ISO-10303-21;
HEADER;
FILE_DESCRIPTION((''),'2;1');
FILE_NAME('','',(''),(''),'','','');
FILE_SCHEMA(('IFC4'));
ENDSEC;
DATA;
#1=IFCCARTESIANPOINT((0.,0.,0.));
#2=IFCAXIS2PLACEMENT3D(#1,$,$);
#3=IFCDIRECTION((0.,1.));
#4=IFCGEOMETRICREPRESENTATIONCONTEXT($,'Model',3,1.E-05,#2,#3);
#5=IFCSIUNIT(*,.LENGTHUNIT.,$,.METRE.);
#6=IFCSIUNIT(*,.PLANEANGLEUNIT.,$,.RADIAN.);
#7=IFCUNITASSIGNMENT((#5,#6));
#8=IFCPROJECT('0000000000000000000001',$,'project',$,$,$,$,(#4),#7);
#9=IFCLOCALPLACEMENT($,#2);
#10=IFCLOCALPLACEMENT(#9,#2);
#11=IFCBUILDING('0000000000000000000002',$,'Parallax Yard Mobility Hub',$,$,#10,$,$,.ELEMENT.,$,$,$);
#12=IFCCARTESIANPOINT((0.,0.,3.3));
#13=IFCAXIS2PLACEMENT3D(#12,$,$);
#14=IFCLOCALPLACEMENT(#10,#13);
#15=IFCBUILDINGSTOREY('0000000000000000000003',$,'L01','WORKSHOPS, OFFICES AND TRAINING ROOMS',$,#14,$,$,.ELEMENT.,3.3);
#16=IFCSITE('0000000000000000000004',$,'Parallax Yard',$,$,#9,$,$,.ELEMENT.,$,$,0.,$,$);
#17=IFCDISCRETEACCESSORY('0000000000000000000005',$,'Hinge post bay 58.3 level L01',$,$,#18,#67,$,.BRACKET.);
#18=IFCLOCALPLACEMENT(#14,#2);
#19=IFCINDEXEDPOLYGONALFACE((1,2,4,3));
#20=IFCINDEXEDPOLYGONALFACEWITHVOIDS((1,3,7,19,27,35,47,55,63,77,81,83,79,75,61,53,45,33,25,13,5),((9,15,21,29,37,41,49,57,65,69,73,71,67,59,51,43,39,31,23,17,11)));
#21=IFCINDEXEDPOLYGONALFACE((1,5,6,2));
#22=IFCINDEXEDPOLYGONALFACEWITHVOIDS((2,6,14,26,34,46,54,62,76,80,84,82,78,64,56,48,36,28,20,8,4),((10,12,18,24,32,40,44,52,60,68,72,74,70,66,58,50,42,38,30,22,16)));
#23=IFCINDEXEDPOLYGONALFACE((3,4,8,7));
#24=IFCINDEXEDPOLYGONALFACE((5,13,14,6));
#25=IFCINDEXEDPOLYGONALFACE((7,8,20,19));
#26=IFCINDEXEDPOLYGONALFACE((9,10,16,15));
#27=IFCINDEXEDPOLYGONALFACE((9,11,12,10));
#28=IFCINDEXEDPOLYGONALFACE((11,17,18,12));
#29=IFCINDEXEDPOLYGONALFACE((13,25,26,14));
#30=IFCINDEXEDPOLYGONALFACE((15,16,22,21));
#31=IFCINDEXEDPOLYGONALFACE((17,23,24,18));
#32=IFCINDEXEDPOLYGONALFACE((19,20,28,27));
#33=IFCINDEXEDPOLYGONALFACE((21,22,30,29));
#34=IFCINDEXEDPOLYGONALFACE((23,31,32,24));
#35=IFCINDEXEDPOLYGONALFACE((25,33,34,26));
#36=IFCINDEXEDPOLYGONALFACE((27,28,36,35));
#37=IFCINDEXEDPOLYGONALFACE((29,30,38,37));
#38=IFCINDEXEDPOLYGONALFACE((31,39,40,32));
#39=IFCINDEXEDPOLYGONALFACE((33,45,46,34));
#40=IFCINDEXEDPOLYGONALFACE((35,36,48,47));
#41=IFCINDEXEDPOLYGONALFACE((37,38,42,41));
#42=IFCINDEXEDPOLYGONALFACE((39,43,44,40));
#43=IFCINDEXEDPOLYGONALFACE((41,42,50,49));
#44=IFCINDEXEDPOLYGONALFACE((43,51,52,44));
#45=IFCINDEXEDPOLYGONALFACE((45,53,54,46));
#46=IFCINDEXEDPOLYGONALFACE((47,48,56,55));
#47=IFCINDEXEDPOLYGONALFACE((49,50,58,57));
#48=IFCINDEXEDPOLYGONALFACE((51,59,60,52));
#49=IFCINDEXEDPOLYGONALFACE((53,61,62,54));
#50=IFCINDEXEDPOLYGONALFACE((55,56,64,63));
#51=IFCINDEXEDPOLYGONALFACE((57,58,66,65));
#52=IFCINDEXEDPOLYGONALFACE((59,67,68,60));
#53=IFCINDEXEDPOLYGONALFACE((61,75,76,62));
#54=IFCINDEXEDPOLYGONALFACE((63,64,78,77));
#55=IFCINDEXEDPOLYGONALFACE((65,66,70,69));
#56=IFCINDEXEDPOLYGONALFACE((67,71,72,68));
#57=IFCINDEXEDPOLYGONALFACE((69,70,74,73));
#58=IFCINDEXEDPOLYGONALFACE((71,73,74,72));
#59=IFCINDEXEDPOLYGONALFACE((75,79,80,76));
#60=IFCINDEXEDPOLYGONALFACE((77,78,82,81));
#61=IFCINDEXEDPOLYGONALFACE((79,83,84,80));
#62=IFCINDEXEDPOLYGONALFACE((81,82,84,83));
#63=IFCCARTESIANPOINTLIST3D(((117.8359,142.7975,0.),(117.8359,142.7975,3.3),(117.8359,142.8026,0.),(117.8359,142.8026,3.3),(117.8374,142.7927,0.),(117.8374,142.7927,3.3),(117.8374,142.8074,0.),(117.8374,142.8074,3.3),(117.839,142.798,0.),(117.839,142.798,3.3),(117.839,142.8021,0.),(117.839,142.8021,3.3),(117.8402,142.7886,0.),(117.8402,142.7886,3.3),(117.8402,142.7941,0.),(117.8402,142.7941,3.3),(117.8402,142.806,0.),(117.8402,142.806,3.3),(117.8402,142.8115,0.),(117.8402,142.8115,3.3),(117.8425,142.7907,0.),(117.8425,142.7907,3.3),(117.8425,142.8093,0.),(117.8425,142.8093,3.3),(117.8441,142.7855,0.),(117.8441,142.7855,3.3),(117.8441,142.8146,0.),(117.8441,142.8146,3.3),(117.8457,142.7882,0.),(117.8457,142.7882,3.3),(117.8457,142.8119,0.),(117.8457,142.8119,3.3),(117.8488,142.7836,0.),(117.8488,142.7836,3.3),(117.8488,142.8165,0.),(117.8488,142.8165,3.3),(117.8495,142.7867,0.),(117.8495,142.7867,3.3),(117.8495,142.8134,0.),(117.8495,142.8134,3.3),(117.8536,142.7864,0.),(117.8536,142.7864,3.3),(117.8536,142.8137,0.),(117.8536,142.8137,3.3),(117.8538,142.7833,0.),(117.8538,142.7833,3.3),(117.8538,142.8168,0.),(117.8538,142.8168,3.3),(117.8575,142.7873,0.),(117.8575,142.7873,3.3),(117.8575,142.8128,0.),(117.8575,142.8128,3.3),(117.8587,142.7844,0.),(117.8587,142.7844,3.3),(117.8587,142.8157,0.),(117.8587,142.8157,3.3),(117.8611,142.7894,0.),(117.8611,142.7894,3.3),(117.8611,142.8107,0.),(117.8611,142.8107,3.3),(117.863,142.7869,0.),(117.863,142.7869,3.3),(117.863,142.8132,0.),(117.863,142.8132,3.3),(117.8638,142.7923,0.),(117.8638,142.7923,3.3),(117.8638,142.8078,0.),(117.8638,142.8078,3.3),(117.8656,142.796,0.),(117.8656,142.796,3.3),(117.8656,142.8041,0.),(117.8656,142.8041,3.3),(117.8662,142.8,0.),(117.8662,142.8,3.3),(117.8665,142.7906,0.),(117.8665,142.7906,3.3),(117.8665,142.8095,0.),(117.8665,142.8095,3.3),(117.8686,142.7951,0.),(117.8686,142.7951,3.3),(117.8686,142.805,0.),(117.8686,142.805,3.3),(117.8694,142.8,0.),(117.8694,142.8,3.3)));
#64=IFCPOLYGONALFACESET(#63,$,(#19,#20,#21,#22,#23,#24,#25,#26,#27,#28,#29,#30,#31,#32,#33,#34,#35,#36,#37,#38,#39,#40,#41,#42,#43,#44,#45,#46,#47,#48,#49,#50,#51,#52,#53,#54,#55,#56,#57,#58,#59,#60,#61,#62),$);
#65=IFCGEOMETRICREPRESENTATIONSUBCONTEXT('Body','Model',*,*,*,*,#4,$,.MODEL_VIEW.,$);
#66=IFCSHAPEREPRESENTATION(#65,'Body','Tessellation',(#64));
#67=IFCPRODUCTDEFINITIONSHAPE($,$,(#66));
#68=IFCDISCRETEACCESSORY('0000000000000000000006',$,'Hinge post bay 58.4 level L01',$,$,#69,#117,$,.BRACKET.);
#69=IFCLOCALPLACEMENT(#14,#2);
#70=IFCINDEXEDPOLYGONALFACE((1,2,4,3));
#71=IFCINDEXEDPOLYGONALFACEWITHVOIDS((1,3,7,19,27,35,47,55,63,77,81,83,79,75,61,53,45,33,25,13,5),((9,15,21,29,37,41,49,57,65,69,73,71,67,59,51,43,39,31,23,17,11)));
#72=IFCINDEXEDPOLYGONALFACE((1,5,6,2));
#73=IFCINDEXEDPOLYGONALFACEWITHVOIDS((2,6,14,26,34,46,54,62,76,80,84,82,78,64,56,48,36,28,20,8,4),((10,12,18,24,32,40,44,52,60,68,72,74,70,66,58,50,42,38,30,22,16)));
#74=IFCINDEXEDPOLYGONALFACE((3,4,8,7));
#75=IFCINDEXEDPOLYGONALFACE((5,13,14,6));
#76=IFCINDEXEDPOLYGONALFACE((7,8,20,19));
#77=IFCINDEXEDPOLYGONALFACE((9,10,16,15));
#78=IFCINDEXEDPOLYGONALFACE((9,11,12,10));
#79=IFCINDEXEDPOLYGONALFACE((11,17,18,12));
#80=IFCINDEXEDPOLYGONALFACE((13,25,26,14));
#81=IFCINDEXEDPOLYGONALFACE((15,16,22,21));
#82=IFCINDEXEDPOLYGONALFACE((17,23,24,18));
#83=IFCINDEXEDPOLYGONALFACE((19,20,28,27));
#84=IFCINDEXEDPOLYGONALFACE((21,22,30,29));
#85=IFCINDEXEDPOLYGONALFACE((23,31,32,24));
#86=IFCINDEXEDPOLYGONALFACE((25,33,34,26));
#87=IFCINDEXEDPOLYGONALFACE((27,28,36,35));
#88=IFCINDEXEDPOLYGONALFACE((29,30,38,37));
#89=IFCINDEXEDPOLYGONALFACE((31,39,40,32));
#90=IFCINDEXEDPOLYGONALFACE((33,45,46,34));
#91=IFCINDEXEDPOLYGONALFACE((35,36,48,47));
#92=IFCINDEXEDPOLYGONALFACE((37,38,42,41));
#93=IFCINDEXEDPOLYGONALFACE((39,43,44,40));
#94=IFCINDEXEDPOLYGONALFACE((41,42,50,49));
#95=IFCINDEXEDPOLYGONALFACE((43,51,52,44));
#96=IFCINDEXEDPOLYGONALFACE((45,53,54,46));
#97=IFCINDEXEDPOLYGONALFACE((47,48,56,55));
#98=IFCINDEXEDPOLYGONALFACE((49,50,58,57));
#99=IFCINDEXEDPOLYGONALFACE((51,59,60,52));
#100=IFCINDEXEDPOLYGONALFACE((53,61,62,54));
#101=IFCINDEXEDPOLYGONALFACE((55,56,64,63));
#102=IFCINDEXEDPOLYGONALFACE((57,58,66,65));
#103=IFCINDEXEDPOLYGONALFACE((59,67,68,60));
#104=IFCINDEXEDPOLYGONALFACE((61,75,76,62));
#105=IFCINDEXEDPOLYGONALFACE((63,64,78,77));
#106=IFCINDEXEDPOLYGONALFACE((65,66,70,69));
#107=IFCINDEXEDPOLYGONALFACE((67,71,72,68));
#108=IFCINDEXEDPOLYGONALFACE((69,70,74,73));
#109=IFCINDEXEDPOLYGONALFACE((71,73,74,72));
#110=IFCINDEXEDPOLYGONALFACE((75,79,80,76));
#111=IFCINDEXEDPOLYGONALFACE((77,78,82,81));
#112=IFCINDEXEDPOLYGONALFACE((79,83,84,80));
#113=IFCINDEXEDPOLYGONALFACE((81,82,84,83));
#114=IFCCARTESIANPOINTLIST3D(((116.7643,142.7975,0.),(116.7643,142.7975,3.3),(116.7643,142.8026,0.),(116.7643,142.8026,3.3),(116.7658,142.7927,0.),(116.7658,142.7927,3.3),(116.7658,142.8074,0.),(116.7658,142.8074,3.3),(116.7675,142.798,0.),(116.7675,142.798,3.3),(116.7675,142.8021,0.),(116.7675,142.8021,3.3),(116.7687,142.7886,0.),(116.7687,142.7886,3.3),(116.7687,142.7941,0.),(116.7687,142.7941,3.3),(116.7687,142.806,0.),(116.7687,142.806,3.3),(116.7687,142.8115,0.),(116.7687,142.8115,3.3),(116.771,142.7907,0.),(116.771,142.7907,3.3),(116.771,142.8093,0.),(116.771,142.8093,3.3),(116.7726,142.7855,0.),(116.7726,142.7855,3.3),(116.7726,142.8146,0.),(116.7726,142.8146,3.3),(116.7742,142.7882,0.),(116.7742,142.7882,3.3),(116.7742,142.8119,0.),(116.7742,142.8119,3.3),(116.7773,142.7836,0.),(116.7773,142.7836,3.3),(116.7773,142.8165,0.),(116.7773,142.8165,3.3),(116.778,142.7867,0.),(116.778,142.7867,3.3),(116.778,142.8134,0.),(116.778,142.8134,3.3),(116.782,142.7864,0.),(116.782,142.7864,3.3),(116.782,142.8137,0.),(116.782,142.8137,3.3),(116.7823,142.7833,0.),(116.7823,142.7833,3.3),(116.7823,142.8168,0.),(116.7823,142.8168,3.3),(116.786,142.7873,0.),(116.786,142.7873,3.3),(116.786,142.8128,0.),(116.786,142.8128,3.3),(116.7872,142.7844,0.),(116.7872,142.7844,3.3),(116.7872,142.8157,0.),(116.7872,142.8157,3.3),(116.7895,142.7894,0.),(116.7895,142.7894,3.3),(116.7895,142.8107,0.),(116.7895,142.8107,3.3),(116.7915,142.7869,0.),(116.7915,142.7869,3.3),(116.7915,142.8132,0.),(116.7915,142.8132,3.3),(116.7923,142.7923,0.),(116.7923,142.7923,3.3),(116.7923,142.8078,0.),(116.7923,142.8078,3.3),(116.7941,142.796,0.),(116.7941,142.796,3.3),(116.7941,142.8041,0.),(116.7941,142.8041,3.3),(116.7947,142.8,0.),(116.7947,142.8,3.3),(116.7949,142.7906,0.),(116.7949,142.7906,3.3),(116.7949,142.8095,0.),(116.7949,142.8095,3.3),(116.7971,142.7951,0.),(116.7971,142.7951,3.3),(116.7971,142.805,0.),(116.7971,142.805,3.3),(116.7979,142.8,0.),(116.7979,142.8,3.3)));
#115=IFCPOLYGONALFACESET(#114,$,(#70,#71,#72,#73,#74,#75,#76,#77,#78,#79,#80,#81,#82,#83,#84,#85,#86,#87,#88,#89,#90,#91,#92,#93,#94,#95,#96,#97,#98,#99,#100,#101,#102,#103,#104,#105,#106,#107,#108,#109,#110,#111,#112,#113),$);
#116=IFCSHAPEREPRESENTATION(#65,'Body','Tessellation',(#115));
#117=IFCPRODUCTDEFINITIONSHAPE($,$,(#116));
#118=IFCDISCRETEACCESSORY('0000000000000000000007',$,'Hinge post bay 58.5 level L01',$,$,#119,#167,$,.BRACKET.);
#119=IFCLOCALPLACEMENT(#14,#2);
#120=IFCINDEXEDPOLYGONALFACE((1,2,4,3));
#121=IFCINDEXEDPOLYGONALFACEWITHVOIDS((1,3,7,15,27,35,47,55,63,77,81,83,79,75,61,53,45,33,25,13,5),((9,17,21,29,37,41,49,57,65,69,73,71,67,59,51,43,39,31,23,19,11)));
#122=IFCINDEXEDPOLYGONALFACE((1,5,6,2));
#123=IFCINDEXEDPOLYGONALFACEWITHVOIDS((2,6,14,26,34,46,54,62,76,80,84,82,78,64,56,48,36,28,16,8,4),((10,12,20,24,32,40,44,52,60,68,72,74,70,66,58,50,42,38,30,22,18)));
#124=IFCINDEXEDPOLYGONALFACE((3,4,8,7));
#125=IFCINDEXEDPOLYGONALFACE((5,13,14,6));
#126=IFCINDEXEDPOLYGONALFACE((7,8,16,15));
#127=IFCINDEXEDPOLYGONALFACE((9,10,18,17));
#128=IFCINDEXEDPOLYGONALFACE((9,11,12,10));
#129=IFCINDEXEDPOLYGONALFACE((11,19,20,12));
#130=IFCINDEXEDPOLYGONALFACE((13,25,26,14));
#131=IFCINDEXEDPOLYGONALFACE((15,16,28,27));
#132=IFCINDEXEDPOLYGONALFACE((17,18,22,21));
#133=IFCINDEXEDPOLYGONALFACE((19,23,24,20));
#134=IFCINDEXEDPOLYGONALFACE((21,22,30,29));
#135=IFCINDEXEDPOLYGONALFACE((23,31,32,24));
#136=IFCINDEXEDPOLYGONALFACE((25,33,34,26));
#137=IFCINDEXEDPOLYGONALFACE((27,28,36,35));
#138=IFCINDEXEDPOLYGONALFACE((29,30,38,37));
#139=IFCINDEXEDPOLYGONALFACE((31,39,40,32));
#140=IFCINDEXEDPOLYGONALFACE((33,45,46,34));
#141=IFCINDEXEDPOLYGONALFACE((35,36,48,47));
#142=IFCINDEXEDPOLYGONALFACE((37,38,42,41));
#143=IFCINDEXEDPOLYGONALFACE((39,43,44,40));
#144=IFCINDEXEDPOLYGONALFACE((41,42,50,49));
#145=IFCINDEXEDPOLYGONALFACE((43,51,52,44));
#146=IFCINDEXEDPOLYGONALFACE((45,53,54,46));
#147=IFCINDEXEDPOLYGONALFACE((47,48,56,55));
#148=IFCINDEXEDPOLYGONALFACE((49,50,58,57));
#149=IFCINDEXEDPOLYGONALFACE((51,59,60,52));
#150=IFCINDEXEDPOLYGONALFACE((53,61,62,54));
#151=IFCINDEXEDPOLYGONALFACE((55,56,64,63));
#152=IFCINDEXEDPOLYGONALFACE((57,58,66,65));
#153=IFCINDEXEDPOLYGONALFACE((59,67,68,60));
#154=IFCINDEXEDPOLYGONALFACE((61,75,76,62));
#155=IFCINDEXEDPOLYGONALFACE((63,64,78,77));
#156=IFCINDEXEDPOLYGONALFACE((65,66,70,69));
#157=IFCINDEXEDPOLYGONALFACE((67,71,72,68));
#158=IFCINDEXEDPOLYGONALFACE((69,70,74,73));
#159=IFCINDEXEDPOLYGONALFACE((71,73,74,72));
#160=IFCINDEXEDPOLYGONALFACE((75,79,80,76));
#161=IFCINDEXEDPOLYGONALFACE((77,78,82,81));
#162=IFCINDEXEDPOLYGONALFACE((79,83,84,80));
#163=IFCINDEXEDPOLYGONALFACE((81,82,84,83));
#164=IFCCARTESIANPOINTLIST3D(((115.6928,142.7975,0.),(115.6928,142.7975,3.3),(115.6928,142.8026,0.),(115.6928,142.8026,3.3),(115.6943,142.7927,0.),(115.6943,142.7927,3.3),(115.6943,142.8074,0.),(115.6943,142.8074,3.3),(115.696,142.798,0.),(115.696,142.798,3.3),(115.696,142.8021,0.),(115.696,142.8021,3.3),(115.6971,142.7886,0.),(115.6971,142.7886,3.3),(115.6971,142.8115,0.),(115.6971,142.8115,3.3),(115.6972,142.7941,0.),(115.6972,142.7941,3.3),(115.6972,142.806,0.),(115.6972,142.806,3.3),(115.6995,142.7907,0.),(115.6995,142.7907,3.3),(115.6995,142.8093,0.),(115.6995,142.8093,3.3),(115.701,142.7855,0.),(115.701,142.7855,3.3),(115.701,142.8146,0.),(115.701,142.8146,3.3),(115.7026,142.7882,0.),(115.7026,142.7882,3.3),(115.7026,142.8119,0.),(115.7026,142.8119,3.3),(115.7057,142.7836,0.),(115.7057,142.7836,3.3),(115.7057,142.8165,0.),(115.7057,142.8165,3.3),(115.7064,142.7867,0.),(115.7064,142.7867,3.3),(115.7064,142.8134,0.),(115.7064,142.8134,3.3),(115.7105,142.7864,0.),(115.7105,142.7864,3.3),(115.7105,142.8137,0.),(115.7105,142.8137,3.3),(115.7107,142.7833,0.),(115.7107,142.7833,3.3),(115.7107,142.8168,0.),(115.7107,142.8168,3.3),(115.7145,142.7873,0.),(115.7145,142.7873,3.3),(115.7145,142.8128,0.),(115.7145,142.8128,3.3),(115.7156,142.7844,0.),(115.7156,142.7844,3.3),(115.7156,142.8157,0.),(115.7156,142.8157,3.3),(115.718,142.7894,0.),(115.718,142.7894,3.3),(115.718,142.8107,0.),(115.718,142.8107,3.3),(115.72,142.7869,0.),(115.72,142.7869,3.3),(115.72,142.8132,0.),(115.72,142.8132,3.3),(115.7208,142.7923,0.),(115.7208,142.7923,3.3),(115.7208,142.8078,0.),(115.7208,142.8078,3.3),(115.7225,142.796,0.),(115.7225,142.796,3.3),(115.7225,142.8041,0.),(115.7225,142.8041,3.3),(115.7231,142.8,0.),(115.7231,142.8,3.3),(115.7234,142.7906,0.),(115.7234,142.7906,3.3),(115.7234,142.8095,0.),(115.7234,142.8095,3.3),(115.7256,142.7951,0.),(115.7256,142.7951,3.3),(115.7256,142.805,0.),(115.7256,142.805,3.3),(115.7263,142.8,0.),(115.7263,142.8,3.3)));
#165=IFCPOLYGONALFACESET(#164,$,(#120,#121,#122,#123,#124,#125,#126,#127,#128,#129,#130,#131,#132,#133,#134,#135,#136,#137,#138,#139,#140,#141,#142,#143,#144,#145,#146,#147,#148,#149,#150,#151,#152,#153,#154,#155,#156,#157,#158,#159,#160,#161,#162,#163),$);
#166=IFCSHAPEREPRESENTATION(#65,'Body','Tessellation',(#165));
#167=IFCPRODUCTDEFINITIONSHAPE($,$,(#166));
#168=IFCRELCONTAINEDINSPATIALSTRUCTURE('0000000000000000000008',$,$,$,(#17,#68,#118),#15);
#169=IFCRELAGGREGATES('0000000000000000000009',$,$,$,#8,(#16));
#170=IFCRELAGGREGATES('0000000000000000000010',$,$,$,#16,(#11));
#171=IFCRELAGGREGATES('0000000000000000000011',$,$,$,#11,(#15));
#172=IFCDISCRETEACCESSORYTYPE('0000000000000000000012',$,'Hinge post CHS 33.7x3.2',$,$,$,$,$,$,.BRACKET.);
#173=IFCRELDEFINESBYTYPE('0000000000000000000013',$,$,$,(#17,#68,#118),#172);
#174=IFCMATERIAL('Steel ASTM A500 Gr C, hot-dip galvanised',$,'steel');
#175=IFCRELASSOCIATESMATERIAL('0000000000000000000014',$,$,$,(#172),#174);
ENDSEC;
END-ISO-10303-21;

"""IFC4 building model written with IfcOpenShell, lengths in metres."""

from ifc_helpers import new_model, si_unit, direction, frame, origin, origin_2d, place, context, subcontext, project, spatial, hollow_circle, extrude, material, material_profile, profile_set, type_object, element, save


model = new_model("IFC4")

# Units and contexts
model_context = context("Model", 3, precision=1e-05, world=origin(), true_north=direction((0.0, 1.0)))
body_context = subcontext(model_context, "Body", "Model", "MODEL_VIEW")
ifc_project = project(units=[si_unit("LENGTHUNIT", "METRE"), si_unit("PLANEANGLEUNIT", "RADIAN")], contexts=[model_context])

# Site, building, storey
site_placement = place(None, origin())
site = spatial("IfcSite", under=ifc_project, at=site_placement, Name="Parallax Yard", CompositionType="ELEMENT", RefElevation=0.0)
building_placement = place(site_placement, origin())
building = spatial("IfcBuilding", under=site, at=building_placement, Name="Parallax Yard Mobility Hub", CompositionType="ELEMENT")
storey_placement = place(building_placement, frame((0.0, 0.0, 3.3)))
storey = spatial("IfcBuildingStorey", under=building, at=storey_placement, Name="L01", Description="WORKSHOPS, OFFICES AND TRAINING ROOMS", CompositionType="ELEMENT", Elevation=3.3)

# Discrete accessories
ifc_material_1 = material(Name="Steel ASTM A500 Gr C, hot-dip galvanised", Category="steel")
ifc_material_profile = material_profile(ifc_material_1, hollow_circle(Radius=0.0168, WallThickness=0.0032, at=origin_2d()), Name="CHS 33.7x3.2")
ifc_profile_set = profile_set([ifc_material_profile], Name="Steel ASTM A500 Gr C, hot-dip galvanised")
discrete_accessory_type_1 = type_object("IfcDiscreteAccessoryType", Name="Hinge post CHS 33.7x3.2", PredefinedType="BRACKET", material=ifc_profile_set)
for number, where, z_axis, x_axis, name in (
    (1, (117.8525, 142.8, 0.0), (0.0, 0.0, 1.0), (1.0, 0.0, 0.0), "Hinge post bay 58.3 level L01"),
    (2, (116.781, 142.8, 0.0), (0.0, 0.0, 1.0), (1.0, 0.0, 0.0), "Hinge post bay 58.4 level L01"),
    (3, (115.7095, 142.8, 0.0), (0.0, 0.0, 1.0), (1.0, 0.0, 0.0), "Hinge post bay 58.5 level L01"),
):
    element("IfcDiscreteAccessory", number, at=place(storey_placement, frame(where, z_axis=z_axis, x_axis=x_axis)), inside=storey, type_object=discrete_accessory_type_1, Name=name, PredefinedType="BRACKET", context=body_context, shape_type="SweptSolid", body=[
        extrude(hollow_circle(Radius=0.0168, WallThickness=0.0032, at=origin_2d()), origin(), (0.0, 0.0, 1.0), 3.3),
    ])

save(model, "model.ifc")
